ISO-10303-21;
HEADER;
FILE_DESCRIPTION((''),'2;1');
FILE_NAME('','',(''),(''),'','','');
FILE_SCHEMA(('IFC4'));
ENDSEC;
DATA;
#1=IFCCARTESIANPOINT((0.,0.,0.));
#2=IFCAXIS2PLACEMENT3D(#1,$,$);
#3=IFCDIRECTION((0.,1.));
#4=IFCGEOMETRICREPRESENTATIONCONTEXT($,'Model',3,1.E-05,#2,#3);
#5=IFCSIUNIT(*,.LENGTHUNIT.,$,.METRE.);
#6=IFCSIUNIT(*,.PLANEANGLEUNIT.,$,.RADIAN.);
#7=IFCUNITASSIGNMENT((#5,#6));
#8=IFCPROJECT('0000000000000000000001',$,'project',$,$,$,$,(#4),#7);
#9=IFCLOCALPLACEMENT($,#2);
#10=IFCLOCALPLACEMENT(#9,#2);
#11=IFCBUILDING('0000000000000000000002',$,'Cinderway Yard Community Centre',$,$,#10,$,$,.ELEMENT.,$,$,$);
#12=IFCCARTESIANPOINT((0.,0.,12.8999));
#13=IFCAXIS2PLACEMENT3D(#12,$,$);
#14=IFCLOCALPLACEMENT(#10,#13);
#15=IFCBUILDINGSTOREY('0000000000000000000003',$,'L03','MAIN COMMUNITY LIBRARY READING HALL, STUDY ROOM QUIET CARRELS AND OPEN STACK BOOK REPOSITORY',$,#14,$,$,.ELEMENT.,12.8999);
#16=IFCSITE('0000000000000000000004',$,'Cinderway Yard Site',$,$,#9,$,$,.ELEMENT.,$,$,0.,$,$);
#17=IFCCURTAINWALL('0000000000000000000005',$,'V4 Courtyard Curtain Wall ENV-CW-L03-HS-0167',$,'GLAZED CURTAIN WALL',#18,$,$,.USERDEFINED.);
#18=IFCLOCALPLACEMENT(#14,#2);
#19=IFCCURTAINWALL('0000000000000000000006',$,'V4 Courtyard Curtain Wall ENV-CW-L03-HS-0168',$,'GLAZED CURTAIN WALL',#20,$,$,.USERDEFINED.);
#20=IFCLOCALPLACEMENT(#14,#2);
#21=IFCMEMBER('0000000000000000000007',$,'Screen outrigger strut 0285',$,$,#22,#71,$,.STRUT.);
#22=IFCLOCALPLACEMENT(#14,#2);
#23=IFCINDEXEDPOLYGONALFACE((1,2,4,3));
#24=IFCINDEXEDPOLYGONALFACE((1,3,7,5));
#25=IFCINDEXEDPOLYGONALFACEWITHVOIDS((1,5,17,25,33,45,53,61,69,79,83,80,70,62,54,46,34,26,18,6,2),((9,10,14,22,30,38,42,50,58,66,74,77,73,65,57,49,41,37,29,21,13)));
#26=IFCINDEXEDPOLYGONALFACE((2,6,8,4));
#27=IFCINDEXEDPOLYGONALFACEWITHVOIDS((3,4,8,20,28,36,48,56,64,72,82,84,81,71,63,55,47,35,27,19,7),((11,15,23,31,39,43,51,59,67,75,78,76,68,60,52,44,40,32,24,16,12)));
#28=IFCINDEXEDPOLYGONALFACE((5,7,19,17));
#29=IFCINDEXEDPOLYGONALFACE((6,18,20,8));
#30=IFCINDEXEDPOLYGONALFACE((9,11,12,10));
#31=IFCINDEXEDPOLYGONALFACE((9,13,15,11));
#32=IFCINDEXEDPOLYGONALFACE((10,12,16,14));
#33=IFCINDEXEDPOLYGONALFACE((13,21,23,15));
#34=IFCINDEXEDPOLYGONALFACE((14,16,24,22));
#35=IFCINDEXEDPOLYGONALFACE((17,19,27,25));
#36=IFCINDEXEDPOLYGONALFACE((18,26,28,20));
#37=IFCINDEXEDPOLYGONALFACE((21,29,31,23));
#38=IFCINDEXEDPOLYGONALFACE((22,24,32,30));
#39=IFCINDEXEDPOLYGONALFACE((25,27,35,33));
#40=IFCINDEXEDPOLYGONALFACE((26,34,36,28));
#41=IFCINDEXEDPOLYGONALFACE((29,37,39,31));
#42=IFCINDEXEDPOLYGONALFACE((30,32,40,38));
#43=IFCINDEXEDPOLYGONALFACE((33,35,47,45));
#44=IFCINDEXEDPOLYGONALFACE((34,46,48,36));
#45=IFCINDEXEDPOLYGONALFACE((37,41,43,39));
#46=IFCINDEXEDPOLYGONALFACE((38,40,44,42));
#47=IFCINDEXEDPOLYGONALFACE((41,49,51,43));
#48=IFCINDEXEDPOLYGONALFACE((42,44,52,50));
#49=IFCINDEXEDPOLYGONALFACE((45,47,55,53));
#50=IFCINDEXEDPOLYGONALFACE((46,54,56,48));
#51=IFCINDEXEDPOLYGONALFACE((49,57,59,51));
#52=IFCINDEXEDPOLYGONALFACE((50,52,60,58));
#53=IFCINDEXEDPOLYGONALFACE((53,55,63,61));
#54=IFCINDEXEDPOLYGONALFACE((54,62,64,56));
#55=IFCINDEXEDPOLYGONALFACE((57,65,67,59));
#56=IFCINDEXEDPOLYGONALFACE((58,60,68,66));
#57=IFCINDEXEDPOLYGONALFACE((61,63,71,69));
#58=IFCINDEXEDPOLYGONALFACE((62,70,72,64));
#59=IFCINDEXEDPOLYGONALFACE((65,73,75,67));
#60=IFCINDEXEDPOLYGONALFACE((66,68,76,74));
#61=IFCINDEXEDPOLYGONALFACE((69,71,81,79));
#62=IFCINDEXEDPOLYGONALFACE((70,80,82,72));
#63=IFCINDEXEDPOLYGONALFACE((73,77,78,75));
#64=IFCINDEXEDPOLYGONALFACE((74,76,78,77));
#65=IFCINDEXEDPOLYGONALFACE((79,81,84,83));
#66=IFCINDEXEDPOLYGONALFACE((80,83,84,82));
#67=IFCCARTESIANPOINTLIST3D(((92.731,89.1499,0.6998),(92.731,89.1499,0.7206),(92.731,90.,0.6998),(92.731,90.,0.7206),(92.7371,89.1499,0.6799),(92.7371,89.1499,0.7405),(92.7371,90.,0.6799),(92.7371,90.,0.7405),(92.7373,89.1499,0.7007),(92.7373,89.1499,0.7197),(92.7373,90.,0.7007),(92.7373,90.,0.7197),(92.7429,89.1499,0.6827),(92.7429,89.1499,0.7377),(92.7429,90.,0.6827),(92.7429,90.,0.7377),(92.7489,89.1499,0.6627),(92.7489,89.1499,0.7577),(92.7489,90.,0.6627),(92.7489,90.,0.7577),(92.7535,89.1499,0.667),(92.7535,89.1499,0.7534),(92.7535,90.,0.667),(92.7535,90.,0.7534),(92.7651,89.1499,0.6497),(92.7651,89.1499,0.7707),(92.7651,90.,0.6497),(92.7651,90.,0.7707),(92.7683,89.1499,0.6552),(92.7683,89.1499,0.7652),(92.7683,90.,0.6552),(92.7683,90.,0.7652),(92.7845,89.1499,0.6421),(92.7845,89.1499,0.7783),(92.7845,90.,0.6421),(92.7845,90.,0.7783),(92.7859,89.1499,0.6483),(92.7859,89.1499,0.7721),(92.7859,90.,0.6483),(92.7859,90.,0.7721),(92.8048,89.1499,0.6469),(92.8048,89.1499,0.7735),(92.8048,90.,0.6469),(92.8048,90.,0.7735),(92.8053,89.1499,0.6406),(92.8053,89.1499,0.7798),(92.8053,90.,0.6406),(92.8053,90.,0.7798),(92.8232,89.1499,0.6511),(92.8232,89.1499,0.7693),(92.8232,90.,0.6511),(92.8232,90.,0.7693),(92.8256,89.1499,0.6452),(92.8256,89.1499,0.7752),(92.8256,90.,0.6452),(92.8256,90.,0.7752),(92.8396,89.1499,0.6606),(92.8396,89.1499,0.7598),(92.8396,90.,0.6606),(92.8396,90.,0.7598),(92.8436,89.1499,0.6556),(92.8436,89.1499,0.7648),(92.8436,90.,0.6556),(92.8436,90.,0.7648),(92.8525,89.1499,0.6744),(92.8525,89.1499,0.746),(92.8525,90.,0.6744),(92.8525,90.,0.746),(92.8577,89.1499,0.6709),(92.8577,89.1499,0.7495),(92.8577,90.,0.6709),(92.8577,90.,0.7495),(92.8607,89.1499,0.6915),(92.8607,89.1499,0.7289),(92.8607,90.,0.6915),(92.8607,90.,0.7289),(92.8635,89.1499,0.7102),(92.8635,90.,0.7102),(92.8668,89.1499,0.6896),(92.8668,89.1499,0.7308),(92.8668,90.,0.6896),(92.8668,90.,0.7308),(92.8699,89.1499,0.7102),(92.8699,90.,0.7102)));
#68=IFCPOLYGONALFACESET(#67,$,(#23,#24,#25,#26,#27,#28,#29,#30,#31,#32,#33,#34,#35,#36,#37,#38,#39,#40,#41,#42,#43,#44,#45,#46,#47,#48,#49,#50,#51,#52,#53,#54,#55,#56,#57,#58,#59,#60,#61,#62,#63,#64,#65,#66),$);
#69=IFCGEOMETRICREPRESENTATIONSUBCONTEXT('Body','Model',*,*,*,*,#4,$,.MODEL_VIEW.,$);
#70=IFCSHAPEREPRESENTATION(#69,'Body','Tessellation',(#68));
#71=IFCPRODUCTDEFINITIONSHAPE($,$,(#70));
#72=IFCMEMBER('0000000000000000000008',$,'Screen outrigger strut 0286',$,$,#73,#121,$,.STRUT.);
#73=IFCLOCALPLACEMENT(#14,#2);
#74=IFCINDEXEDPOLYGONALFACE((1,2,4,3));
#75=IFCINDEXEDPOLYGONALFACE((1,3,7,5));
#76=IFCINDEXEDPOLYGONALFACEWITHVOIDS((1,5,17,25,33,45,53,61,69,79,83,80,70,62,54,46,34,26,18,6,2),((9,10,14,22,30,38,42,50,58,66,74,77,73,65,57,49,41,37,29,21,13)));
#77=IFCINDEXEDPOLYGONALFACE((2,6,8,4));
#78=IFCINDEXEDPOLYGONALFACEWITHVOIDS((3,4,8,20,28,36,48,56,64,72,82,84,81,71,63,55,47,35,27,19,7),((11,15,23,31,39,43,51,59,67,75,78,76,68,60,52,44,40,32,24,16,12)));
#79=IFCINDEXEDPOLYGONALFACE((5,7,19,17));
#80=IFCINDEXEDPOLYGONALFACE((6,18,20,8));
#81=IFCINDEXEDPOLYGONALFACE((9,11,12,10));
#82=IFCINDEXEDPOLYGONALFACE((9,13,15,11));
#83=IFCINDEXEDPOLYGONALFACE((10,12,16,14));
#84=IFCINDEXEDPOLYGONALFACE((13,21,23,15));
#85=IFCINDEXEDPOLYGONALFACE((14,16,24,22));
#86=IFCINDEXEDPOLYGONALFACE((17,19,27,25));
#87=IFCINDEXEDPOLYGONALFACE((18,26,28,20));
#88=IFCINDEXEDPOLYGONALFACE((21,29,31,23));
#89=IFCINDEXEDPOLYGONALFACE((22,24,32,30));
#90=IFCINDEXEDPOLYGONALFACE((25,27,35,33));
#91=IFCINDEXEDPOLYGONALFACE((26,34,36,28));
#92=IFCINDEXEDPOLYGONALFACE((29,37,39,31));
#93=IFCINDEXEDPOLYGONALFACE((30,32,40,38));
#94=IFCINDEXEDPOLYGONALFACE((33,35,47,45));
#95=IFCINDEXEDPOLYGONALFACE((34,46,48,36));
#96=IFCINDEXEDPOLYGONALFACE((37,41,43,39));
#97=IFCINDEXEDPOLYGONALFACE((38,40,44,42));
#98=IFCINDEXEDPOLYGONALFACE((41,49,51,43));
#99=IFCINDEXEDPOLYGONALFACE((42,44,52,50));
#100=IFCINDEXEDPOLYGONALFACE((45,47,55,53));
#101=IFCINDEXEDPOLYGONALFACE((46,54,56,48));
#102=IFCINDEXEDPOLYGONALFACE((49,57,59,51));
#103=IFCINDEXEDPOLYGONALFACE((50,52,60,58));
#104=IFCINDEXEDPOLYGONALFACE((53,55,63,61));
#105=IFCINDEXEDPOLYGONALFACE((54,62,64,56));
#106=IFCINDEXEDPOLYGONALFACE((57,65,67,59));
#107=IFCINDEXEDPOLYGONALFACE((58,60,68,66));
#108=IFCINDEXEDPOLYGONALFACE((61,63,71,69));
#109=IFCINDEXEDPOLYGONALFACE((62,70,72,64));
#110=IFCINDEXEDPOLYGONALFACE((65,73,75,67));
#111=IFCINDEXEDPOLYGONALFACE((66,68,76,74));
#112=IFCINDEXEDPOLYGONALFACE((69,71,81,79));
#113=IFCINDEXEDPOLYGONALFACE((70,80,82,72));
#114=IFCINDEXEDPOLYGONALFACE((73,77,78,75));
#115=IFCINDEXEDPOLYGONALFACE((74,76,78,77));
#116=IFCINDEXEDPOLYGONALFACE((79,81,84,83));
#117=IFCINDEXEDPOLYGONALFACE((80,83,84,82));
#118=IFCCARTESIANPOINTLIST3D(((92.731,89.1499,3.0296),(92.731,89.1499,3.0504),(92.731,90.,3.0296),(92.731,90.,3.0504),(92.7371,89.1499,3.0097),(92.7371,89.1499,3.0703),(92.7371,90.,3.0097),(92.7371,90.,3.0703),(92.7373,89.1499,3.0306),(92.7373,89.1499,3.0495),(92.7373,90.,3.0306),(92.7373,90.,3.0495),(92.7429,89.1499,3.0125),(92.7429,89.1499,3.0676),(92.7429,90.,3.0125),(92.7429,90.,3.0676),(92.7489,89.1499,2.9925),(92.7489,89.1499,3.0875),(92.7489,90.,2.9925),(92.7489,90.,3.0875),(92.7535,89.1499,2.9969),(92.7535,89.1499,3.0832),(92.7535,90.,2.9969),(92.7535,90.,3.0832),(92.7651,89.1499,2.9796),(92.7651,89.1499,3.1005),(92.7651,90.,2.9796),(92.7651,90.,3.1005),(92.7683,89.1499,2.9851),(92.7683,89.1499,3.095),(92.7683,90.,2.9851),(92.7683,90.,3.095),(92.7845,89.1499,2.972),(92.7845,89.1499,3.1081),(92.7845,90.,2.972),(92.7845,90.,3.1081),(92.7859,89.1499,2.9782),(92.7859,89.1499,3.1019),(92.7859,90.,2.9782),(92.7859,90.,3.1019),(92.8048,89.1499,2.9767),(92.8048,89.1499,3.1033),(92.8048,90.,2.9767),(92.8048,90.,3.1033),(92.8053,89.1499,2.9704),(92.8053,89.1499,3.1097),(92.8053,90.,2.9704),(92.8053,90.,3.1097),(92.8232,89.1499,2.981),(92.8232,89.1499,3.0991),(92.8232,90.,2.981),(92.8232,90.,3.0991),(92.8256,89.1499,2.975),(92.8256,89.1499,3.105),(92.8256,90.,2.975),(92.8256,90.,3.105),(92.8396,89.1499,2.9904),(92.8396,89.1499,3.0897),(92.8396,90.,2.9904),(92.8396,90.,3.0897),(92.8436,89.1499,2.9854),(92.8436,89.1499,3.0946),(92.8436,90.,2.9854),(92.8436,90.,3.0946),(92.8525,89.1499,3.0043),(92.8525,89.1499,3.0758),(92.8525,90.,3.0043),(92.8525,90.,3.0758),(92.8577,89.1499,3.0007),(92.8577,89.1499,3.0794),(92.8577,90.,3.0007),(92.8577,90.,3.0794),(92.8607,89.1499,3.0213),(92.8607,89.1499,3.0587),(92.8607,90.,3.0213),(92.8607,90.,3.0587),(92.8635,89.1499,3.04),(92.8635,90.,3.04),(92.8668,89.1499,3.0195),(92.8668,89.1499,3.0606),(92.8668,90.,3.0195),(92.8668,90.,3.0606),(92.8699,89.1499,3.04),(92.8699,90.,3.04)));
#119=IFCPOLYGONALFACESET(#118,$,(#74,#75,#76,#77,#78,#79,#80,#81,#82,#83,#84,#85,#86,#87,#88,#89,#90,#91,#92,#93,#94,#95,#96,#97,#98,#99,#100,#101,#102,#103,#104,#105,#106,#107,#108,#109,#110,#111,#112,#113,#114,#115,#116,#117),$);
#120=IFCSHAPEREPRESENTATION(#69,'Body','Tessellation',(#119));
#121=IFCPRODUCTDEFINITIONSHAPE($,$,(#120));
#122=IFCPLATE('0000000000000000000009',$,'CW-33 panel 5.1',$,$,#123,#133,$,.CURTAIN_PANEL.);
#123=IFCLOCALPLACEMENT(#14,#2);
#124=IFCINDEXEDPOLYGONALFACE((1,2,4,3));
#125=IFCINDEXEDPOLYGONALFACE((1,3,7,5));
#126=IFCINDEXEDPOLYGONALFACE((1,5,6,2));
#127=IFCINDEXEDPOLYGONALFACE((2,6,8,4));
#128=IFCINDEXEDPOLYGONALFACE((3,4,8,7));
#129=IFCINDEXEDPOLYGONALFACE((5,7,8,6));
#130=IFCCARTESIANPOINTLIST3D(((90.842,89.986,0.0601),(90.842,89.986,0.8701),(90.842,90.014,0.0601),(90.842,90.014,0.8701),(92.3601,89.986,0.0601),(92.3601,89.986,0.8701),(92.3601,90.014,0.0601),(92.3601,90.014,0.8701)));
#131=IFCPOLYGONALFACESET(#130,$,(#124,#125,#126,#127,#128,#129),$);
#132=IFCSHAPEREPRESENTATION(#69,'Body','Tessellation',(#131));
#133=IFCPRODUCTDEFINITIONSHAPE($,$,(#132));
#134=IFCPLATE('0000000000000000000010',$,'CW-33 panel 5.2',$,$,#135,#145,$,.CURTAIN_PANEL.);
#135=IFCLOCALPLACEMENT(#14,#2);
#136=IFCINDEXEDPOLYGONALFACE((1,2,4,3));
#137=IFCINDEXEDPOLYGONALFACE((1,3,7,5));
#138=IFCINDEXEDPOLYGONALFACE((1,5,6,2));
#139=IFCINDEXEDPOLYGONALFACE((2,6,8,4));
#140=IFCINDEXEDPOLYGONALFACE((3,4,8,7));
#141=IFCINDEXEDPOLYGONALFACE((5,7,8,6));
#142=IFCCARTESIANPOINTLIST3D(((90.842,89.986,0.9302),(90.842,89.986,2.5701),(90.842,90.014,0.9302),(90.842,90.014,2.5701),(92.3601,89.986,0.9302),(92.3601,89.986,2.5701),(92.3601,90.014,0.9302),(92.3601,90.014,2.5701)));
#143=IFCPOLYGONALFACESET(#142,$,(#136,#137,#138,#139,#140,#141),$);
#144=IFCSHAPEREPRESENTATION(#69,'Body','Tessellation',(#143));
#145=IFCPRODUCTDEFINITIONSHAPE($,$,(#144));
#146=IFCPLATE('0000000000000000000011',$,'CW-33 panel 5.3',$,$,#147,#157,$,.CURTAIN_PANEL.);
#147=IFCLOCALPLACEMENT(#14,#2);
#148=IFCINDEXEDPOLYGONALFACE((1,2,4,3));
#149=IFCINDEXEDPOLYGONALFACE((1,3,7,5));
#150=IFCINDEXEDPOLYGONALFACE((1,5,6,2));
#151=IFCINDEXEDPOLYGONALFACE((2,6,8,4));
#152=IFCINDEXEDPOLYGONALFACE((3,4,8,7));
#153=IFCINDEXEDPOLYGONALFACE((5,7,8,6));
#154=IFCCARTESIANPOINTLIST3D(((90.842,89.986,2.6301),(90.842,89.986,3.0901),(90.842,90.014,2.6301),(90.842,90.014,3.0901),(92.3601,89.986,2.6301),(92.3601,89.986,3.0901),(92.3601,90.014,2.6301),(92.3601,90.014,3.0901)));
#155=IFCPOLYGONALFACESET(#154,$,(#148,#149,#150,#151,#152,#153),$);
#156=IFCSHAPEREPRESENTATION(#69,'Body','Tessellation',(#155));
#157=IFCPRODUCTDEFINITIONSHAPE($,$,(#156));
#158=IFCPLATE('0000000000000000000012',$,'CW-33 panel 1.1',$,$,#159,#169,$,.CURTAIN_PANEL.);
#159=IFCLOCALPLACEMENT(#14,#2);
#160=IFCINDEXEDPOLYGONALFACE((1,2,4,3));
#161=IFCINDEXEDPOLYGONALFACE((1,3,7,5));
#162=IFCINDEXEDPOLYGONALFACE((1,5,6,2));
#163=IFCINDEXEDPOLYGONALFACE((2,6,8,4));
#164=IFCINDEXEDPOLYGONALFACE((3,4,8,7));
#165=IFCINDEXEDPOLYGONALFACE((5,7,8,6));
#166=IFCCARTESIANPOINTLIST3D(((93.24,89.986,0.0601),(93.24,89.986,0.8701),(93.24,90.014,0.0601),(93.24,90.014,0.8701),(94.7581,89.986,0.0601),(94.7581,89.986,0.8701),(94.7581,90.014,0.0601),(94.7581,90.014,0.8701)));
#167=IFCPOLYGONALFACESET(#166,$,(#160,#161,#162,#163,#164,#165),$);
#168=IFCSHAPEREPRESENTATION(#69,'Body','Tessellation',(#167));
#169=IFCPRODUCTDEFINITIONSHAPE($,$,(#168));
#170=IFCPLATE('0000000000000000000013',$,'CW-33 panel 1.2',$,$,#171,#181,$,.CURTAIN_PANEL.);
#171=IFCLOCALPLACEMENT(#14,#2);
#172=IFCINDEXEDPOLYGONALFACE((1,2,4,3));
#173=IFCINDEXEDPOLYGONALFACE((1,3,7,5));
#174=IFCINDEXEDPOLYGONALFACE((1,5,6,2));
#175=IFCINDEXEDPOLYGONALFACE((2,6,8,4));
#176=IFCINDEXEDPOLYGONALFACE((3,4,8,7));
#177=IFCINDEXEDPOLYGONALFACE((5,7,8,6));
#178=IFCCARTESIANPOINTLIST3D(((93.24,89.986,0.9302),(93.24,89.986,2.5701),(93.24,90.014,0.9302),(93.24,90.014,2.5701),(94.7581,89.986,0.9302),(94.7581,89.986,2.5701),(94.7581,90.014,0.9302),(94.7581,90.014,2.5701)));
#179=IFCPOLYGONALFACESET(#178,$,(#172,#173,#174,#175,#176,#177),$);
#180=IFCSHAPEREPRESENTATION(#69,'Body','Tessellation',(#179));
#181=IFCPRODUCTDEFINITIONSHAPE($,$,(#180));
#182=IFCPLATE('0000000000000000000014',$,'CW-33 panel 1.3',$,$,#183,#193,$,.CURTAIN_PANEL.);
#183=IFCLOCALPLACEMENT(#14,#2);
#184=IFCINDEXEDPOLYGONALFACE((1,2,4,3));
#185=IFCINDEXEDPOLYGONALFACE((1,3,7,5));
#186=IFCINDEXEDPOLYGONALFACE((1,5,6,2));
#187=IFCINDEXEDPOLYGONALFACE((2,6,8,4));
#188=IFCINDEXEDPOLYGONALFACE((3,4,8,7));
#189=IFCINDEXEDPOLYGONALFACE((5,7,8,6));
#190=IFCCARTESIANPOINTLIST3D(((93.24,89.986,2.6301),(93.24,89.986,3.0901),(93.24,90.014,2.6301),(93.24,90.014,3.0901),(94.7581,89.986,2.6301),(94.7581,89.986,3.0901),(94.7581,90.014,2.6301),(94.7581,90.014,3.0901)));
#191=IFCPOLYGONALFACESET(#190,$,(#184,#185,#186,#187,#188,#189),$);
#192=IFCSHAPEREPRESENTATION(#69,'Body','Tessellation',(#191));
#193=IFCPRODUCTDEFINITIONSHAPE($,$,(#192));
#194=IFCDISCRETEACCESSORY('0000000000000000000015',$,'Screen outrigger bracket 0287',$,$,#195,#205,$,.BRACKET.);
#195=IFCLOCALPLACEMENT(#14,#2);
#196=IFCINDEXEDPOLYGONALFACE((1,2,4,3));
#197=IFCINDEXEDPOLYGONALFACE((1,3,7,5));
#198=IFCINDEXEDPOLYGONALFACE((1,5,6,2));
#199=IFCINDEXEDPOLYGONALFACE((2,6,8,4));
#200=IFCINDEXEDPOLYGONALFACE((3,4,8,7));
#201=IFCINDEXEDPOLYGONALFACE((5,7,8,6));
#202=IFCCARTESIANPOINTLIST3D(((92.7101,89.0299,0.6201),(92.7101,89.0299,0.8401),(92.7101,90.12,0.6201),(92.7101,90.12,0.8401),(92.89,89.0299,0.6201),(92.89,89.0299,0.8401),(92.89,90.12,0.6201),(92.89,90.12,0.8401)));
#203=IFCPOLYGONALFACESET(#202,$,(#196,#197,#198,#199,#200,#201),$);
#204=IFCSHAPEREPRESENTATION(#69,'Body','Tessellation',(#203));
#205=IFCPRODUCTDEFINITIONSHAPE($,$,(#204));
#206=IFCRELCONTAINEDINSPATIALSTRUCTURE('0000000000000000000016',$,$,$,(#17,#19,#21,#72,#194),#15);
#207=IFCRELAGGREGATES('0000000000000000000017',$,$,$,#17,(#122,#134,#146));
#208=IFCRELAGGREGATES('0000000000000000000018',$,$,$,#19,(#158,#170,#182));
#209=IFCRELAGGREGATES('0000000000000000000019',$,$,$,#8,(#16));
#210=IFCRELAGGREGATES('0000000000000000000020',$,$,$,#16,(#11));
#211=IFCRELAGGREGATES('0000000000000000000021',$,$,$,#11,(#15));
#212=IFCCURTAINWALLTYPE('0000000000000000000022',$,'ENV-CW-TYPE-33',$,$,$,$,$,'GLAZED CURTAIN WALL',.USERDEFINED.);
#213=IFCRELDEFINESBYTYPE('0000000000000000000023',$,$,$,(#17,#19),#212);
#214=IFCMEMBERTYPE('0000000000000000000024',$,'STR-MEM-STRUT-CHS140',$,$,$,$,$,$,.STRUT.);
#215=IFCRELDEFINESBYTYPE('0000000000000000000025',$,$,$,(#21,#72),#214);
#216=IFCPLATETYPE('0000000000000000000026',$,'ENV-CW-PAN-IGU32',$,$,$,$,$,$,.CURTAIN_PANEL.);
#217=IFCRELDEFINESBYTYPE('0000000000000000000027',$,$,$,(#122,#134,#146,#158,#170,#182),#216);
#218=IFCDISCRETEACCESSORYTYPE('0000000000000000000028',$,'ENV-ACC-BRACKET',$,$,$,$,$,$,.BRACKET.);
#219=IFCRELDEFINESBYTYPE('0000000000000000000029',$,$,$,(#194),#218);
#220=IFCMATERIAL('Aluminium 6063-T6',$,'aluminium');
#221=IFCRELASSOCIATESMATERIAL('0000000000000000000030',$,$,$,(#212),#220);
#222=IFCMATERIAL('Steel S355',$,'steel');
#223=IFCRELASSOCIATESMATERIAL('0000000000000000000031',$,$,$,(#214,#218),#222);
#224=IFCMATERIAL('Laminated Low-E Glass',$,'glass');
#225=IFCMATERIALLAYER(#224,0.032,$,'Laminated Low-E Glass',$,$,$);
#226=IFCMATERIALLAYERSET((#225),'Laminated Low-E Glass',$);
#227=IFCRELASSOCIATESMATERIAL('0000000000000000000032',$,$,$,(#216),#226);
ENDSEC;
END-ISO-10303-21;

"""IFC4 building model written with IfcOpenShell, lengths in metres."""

from ifc_helpers import new_model, si_unit, direction, frame, origin, origin_2d, place, context, subcontext, project, spatial, rectangle, hollow_circle, extrude, material, layer, layer_set, material_profile, profile_set, type_object, element, aggregate, save


model = new_model("IFC4")

# Units and contexts
model_context = context("Model", 3, precision=1e-05, world=origin(), true_north=direction((0.0, 1.0)))
body_context = subcontext(model_context, "Body", "Model", "MODEL_VIEW")
ifc_project = project(units=[si_unit("LENGTHUNIT", "METRE"), si_unit("PLANEANGLEUNIT", "RADIAN")], contexts=[model_context])

# Site, building, storey
site_placement = place(None, origin())
site = spatial("IfcSite", under=ifc_project, at=site_placement, Name="Cinderway Yard Site", CompositionType="ELEMENT", RefElevation=0.0)
building_placement = place(site_placement, origin())
building = spatial("IfcBuilding", under=site, at=building_placement, Name="Cinderway Yard Community Centre", CompositionType="ELEMENT")
storey_placement = place(building_placement, frame((0.0, 0.0, 12.8999)))
storey = spatial("IfcBuildingStorey", under=building, at=storey_placement, Name="L03", Description="MAIN COMMUNITY LIBRARY READING HALL, STUDY ROOM QUIET CARRELS AND OPEN STACK BOOK REPOSITORY", CompositionType="ELEMENT", Elevation=12.8999)

# Curtain wall
ifc_material_1 = material(Name="Aluminium 6063-T6", Category="aluminium")
curtain_wall_type = type_object("IfcCurtainWallType", Name="ENV-CW-TYPE-33", ElementType="GLAZED CURTAIN WALL", PredefinedType="USERDEFINED", material=ifc_material_1)
curtain_wall_1_placement = place(storey_placement, origin())
curtain_wall_1 = element("IfcCurtainWall", 1, at=curtain_wall_1_placement, inside=storey, type_object=curtain_wall_type, Name="V4 Courtyard Curtain Wall ENV-CW-L03-HS-0167", ObjectType="GLAZED CURTAIN WALL", PredefinedType="USERDEFINED")

# Curtain wall
curtain_wall_2_placement = place(storey_placement, origin())
curtain_wall_2 = element("IfcCurtainWall", 2, at=curtain_wall_2_placement, inside=storey, type_object=curtain_wall_type, Name="V4 Courtyard Curtain Wall ENV-CW-L03-HS-0168", ObjectType="GLAZED CURTAIN WALL", PredefinedType="USERDEFINED")

# Members
ifc_material_2 = material(Name="Steel S355", Category="steel")
ifc_material_profile_1 = material_profile(ifc_material_2, hollow_circle(Radius=0.0698, WallThickness=0.0063, at=origin_2d()), Name="Steel S355")
ifc_profile_set_1 = profile_set([ifc_material_profile_1], Name="Steel S355")
member_type_1 = type_object("IfcMemberType", Name="STR-MEM-STRUT-CHS140", PredefinedType="STRUT", material=ifc_profile_set_1)
for number, where, z_axis, x_axis, name in (
    (3, (92.8, 90.0, 0.7102), (0.0, -1.0, 0.0), (1.0, 0.0, 0.0), "Screen outrigger strut 0285"),
    (4, (92.8, 90.0, 3.04), (0.0, -1.0, 0.0), (1.0, 0.0, 0.0), "Screen outrigger strut 0286"),
):
    element("IfcMember", number, at=place(storey_placement, frame(where, z_axis=z_axis, x_axis=x_axis)), inside=storey, type_object=member_type_1, Name=name, PredefinedType="STRUT", context=body_context, shape_type="SweptSolid", body=[
        extrude(hollow_circle(Radius=0.0698, WallThickness=0.0063, at=origin_2d()), origin(), (0.0, 0.0, 1.0), 0.8501),
    ])

# Plates
ifc_material_3 = material(Name="Laminated Low-E Glass", Category="glass")
ifc_layer = layer(ifc_material_3, 0.032, Name="Laminated Low-E Glass")
ifc_layer_set = layer_set([ifc_layer], Name="Laminated Low-E Glass")
plate_type = type_object("IfcPlateType", Name="ENV-CW-PAN-IGU32", PredefinedType="CURTAIN_PANEL", material=ifc_layer_set)
plate_1_placement = place(storey_placement, frame((91.6011, 90.0, 0.0601), z_axis=(0.0, 0.0, 1.0), x_axis=(1.0, 0.0, 0.0)))
plate_1 = element("IfcPlate", 5, at=plate_1_placement, type_object=plate_type, Name="CW-33 panel 5.1", PredefinedType="CURTAIN_PANEL", context=body_context, shape_type="SweptSolid", body=[
    extrude(rectangle(XDim=1.5181, YDim=0.0281, at=origin_2d()), origin(), (0.0, 0.0, 1.0), 0.8101),
])
plate_2_placement = place(storey_placement, frame((91.6011, 90.0, 0.9302), z_axis=(0.0, 0.0, 1.0), x_axis=(1.0, 0.0, 0.0)))
plate_2 = element("IfcPlate", 6, at=plate_2_placement, type_object=plate_type, Name="CW-33 panel 5.2", PredefinedType="CURTAIN_PANEL", context=body_context, shape_type="SweptSolid", body=[
    extrude(rectangle(XDim=1.5181, YDim=0.0281, at=origin_2d()), origin(), (0.0, 0.0, 1.0), 1.6399),
])
plate_3_placement = place(storey_placement, frame((91.6011, 90.0, 2.6301), z_axis=(0.0, 0.0, 1.0), x_axis=(1.0, 0.0, 0.0)))
plate_3 = element("IfcPlate", 7, at=plate_3_placement, type_object=plate_type, Name="CW-33 panel 5.3", PredefinedType="CURTAIN_PANEL", context=body_context, shape_type="SweptSolid", body=[
    extrude(rectangle(XDim=1.5181, YDim=0.0281, at=origin_2d()), origin(), (0.0, 0.0, 1.0), 0.46),
])
aggregate(curtain_wall_1, [plate_1, plate_2, plate_3])
plate_4_placement = place(storey_placement, frame((93.999, 90.0, 0.0601), z_axis=(0.0, 0.0, 1.0), x_axis=(1.0, 0.0, 0.0)))
plate_4 = element("IfcPlate", 8, at=plate_4_placement, type_object=plate_type, Name="CW-33 panel 1.1", PredefinedType="CURTAIN_PANEL", context=body_context, shape_type="SweptSolid", body=[
    extrude(rectangle(XDim=1.5181, YDim=0.0281, at=origin_2d()), origin(), (0.0, 0.0, 1.0), 0.8101),
])
plate_5_placement = place(storey_placement, frame((93.999, 90.0, 0.9302), z_axis=(0.0, 0.0, 1.0), x_axis=(1.0, 0.0, 0.0)))
plate_5 = element("IfcPlate", 9, at=plate_5_placement, type_object=plate_type, Name="CW-33 panel 1.2", PredefinedType="CURTAIN_PANEL", context=body_context, shape_type="SweptSolid", body=[
    extrude(rectangle(XDim=1.5181, YDim=0.0281, at=origin_2d()), origin(), (0.0, 0.0, 1.0), 1.6399),
])
plate_6_placement = place(storey_placement, frame((93.999, 90.0, 2.6301), z_axis=(0.0, 0.0, 1.0), x_axis=(1.0, 0.0, 0.0)))
plate_6 = element("IfcPlate", 10, at=plate_6_placement, type_object=plate_type, Name="CW-33 panel 1.3", PredefinedType="CURTAIN_PANEL", context=body_context, shape_type="SweptSolid", body=[
    extrude(rectangle(XDim=1.5181, YDim=0.0281, at=origin_2d()), origin(), (0.0, 0.0, 1.0), 0.46),
])
aggregate(curtain_wall_2, [plate_4, plate_5, plate_6])

# Discrete accessory
discrete_accessory_type = type_object("IfcDiscreteAccessoryType", Name="ENV-ACC-BRACKET", PredefinedType="BRACKET", material=ifc_material_2)
for number, where, z_axis, x_axis, name in (
    (11, (92.8, 89.575, 0.6201), (0.0, 0.0, 1.0), (0.0, -1.0, 0.0), "Screen outrigger bracket 0287"),
):
    element("IfcDiscreteAccessory", number, at=place(storey_placement, frame(where, z_axis=z_axis, x_axis=x_axis)), inside=storey, type_object=discrete_accessory_type, Name=name, PredefinedType="BRACKET", context=body_context, shape_type="SweptSolid", body=[
        extrude(rectangle(XDim=1.0901, YDim=0.1799, at=origin_2d()), origin(), (0.0, 0.0, 1.0), 0.22),
    ])

save(model, "model.ifc")
